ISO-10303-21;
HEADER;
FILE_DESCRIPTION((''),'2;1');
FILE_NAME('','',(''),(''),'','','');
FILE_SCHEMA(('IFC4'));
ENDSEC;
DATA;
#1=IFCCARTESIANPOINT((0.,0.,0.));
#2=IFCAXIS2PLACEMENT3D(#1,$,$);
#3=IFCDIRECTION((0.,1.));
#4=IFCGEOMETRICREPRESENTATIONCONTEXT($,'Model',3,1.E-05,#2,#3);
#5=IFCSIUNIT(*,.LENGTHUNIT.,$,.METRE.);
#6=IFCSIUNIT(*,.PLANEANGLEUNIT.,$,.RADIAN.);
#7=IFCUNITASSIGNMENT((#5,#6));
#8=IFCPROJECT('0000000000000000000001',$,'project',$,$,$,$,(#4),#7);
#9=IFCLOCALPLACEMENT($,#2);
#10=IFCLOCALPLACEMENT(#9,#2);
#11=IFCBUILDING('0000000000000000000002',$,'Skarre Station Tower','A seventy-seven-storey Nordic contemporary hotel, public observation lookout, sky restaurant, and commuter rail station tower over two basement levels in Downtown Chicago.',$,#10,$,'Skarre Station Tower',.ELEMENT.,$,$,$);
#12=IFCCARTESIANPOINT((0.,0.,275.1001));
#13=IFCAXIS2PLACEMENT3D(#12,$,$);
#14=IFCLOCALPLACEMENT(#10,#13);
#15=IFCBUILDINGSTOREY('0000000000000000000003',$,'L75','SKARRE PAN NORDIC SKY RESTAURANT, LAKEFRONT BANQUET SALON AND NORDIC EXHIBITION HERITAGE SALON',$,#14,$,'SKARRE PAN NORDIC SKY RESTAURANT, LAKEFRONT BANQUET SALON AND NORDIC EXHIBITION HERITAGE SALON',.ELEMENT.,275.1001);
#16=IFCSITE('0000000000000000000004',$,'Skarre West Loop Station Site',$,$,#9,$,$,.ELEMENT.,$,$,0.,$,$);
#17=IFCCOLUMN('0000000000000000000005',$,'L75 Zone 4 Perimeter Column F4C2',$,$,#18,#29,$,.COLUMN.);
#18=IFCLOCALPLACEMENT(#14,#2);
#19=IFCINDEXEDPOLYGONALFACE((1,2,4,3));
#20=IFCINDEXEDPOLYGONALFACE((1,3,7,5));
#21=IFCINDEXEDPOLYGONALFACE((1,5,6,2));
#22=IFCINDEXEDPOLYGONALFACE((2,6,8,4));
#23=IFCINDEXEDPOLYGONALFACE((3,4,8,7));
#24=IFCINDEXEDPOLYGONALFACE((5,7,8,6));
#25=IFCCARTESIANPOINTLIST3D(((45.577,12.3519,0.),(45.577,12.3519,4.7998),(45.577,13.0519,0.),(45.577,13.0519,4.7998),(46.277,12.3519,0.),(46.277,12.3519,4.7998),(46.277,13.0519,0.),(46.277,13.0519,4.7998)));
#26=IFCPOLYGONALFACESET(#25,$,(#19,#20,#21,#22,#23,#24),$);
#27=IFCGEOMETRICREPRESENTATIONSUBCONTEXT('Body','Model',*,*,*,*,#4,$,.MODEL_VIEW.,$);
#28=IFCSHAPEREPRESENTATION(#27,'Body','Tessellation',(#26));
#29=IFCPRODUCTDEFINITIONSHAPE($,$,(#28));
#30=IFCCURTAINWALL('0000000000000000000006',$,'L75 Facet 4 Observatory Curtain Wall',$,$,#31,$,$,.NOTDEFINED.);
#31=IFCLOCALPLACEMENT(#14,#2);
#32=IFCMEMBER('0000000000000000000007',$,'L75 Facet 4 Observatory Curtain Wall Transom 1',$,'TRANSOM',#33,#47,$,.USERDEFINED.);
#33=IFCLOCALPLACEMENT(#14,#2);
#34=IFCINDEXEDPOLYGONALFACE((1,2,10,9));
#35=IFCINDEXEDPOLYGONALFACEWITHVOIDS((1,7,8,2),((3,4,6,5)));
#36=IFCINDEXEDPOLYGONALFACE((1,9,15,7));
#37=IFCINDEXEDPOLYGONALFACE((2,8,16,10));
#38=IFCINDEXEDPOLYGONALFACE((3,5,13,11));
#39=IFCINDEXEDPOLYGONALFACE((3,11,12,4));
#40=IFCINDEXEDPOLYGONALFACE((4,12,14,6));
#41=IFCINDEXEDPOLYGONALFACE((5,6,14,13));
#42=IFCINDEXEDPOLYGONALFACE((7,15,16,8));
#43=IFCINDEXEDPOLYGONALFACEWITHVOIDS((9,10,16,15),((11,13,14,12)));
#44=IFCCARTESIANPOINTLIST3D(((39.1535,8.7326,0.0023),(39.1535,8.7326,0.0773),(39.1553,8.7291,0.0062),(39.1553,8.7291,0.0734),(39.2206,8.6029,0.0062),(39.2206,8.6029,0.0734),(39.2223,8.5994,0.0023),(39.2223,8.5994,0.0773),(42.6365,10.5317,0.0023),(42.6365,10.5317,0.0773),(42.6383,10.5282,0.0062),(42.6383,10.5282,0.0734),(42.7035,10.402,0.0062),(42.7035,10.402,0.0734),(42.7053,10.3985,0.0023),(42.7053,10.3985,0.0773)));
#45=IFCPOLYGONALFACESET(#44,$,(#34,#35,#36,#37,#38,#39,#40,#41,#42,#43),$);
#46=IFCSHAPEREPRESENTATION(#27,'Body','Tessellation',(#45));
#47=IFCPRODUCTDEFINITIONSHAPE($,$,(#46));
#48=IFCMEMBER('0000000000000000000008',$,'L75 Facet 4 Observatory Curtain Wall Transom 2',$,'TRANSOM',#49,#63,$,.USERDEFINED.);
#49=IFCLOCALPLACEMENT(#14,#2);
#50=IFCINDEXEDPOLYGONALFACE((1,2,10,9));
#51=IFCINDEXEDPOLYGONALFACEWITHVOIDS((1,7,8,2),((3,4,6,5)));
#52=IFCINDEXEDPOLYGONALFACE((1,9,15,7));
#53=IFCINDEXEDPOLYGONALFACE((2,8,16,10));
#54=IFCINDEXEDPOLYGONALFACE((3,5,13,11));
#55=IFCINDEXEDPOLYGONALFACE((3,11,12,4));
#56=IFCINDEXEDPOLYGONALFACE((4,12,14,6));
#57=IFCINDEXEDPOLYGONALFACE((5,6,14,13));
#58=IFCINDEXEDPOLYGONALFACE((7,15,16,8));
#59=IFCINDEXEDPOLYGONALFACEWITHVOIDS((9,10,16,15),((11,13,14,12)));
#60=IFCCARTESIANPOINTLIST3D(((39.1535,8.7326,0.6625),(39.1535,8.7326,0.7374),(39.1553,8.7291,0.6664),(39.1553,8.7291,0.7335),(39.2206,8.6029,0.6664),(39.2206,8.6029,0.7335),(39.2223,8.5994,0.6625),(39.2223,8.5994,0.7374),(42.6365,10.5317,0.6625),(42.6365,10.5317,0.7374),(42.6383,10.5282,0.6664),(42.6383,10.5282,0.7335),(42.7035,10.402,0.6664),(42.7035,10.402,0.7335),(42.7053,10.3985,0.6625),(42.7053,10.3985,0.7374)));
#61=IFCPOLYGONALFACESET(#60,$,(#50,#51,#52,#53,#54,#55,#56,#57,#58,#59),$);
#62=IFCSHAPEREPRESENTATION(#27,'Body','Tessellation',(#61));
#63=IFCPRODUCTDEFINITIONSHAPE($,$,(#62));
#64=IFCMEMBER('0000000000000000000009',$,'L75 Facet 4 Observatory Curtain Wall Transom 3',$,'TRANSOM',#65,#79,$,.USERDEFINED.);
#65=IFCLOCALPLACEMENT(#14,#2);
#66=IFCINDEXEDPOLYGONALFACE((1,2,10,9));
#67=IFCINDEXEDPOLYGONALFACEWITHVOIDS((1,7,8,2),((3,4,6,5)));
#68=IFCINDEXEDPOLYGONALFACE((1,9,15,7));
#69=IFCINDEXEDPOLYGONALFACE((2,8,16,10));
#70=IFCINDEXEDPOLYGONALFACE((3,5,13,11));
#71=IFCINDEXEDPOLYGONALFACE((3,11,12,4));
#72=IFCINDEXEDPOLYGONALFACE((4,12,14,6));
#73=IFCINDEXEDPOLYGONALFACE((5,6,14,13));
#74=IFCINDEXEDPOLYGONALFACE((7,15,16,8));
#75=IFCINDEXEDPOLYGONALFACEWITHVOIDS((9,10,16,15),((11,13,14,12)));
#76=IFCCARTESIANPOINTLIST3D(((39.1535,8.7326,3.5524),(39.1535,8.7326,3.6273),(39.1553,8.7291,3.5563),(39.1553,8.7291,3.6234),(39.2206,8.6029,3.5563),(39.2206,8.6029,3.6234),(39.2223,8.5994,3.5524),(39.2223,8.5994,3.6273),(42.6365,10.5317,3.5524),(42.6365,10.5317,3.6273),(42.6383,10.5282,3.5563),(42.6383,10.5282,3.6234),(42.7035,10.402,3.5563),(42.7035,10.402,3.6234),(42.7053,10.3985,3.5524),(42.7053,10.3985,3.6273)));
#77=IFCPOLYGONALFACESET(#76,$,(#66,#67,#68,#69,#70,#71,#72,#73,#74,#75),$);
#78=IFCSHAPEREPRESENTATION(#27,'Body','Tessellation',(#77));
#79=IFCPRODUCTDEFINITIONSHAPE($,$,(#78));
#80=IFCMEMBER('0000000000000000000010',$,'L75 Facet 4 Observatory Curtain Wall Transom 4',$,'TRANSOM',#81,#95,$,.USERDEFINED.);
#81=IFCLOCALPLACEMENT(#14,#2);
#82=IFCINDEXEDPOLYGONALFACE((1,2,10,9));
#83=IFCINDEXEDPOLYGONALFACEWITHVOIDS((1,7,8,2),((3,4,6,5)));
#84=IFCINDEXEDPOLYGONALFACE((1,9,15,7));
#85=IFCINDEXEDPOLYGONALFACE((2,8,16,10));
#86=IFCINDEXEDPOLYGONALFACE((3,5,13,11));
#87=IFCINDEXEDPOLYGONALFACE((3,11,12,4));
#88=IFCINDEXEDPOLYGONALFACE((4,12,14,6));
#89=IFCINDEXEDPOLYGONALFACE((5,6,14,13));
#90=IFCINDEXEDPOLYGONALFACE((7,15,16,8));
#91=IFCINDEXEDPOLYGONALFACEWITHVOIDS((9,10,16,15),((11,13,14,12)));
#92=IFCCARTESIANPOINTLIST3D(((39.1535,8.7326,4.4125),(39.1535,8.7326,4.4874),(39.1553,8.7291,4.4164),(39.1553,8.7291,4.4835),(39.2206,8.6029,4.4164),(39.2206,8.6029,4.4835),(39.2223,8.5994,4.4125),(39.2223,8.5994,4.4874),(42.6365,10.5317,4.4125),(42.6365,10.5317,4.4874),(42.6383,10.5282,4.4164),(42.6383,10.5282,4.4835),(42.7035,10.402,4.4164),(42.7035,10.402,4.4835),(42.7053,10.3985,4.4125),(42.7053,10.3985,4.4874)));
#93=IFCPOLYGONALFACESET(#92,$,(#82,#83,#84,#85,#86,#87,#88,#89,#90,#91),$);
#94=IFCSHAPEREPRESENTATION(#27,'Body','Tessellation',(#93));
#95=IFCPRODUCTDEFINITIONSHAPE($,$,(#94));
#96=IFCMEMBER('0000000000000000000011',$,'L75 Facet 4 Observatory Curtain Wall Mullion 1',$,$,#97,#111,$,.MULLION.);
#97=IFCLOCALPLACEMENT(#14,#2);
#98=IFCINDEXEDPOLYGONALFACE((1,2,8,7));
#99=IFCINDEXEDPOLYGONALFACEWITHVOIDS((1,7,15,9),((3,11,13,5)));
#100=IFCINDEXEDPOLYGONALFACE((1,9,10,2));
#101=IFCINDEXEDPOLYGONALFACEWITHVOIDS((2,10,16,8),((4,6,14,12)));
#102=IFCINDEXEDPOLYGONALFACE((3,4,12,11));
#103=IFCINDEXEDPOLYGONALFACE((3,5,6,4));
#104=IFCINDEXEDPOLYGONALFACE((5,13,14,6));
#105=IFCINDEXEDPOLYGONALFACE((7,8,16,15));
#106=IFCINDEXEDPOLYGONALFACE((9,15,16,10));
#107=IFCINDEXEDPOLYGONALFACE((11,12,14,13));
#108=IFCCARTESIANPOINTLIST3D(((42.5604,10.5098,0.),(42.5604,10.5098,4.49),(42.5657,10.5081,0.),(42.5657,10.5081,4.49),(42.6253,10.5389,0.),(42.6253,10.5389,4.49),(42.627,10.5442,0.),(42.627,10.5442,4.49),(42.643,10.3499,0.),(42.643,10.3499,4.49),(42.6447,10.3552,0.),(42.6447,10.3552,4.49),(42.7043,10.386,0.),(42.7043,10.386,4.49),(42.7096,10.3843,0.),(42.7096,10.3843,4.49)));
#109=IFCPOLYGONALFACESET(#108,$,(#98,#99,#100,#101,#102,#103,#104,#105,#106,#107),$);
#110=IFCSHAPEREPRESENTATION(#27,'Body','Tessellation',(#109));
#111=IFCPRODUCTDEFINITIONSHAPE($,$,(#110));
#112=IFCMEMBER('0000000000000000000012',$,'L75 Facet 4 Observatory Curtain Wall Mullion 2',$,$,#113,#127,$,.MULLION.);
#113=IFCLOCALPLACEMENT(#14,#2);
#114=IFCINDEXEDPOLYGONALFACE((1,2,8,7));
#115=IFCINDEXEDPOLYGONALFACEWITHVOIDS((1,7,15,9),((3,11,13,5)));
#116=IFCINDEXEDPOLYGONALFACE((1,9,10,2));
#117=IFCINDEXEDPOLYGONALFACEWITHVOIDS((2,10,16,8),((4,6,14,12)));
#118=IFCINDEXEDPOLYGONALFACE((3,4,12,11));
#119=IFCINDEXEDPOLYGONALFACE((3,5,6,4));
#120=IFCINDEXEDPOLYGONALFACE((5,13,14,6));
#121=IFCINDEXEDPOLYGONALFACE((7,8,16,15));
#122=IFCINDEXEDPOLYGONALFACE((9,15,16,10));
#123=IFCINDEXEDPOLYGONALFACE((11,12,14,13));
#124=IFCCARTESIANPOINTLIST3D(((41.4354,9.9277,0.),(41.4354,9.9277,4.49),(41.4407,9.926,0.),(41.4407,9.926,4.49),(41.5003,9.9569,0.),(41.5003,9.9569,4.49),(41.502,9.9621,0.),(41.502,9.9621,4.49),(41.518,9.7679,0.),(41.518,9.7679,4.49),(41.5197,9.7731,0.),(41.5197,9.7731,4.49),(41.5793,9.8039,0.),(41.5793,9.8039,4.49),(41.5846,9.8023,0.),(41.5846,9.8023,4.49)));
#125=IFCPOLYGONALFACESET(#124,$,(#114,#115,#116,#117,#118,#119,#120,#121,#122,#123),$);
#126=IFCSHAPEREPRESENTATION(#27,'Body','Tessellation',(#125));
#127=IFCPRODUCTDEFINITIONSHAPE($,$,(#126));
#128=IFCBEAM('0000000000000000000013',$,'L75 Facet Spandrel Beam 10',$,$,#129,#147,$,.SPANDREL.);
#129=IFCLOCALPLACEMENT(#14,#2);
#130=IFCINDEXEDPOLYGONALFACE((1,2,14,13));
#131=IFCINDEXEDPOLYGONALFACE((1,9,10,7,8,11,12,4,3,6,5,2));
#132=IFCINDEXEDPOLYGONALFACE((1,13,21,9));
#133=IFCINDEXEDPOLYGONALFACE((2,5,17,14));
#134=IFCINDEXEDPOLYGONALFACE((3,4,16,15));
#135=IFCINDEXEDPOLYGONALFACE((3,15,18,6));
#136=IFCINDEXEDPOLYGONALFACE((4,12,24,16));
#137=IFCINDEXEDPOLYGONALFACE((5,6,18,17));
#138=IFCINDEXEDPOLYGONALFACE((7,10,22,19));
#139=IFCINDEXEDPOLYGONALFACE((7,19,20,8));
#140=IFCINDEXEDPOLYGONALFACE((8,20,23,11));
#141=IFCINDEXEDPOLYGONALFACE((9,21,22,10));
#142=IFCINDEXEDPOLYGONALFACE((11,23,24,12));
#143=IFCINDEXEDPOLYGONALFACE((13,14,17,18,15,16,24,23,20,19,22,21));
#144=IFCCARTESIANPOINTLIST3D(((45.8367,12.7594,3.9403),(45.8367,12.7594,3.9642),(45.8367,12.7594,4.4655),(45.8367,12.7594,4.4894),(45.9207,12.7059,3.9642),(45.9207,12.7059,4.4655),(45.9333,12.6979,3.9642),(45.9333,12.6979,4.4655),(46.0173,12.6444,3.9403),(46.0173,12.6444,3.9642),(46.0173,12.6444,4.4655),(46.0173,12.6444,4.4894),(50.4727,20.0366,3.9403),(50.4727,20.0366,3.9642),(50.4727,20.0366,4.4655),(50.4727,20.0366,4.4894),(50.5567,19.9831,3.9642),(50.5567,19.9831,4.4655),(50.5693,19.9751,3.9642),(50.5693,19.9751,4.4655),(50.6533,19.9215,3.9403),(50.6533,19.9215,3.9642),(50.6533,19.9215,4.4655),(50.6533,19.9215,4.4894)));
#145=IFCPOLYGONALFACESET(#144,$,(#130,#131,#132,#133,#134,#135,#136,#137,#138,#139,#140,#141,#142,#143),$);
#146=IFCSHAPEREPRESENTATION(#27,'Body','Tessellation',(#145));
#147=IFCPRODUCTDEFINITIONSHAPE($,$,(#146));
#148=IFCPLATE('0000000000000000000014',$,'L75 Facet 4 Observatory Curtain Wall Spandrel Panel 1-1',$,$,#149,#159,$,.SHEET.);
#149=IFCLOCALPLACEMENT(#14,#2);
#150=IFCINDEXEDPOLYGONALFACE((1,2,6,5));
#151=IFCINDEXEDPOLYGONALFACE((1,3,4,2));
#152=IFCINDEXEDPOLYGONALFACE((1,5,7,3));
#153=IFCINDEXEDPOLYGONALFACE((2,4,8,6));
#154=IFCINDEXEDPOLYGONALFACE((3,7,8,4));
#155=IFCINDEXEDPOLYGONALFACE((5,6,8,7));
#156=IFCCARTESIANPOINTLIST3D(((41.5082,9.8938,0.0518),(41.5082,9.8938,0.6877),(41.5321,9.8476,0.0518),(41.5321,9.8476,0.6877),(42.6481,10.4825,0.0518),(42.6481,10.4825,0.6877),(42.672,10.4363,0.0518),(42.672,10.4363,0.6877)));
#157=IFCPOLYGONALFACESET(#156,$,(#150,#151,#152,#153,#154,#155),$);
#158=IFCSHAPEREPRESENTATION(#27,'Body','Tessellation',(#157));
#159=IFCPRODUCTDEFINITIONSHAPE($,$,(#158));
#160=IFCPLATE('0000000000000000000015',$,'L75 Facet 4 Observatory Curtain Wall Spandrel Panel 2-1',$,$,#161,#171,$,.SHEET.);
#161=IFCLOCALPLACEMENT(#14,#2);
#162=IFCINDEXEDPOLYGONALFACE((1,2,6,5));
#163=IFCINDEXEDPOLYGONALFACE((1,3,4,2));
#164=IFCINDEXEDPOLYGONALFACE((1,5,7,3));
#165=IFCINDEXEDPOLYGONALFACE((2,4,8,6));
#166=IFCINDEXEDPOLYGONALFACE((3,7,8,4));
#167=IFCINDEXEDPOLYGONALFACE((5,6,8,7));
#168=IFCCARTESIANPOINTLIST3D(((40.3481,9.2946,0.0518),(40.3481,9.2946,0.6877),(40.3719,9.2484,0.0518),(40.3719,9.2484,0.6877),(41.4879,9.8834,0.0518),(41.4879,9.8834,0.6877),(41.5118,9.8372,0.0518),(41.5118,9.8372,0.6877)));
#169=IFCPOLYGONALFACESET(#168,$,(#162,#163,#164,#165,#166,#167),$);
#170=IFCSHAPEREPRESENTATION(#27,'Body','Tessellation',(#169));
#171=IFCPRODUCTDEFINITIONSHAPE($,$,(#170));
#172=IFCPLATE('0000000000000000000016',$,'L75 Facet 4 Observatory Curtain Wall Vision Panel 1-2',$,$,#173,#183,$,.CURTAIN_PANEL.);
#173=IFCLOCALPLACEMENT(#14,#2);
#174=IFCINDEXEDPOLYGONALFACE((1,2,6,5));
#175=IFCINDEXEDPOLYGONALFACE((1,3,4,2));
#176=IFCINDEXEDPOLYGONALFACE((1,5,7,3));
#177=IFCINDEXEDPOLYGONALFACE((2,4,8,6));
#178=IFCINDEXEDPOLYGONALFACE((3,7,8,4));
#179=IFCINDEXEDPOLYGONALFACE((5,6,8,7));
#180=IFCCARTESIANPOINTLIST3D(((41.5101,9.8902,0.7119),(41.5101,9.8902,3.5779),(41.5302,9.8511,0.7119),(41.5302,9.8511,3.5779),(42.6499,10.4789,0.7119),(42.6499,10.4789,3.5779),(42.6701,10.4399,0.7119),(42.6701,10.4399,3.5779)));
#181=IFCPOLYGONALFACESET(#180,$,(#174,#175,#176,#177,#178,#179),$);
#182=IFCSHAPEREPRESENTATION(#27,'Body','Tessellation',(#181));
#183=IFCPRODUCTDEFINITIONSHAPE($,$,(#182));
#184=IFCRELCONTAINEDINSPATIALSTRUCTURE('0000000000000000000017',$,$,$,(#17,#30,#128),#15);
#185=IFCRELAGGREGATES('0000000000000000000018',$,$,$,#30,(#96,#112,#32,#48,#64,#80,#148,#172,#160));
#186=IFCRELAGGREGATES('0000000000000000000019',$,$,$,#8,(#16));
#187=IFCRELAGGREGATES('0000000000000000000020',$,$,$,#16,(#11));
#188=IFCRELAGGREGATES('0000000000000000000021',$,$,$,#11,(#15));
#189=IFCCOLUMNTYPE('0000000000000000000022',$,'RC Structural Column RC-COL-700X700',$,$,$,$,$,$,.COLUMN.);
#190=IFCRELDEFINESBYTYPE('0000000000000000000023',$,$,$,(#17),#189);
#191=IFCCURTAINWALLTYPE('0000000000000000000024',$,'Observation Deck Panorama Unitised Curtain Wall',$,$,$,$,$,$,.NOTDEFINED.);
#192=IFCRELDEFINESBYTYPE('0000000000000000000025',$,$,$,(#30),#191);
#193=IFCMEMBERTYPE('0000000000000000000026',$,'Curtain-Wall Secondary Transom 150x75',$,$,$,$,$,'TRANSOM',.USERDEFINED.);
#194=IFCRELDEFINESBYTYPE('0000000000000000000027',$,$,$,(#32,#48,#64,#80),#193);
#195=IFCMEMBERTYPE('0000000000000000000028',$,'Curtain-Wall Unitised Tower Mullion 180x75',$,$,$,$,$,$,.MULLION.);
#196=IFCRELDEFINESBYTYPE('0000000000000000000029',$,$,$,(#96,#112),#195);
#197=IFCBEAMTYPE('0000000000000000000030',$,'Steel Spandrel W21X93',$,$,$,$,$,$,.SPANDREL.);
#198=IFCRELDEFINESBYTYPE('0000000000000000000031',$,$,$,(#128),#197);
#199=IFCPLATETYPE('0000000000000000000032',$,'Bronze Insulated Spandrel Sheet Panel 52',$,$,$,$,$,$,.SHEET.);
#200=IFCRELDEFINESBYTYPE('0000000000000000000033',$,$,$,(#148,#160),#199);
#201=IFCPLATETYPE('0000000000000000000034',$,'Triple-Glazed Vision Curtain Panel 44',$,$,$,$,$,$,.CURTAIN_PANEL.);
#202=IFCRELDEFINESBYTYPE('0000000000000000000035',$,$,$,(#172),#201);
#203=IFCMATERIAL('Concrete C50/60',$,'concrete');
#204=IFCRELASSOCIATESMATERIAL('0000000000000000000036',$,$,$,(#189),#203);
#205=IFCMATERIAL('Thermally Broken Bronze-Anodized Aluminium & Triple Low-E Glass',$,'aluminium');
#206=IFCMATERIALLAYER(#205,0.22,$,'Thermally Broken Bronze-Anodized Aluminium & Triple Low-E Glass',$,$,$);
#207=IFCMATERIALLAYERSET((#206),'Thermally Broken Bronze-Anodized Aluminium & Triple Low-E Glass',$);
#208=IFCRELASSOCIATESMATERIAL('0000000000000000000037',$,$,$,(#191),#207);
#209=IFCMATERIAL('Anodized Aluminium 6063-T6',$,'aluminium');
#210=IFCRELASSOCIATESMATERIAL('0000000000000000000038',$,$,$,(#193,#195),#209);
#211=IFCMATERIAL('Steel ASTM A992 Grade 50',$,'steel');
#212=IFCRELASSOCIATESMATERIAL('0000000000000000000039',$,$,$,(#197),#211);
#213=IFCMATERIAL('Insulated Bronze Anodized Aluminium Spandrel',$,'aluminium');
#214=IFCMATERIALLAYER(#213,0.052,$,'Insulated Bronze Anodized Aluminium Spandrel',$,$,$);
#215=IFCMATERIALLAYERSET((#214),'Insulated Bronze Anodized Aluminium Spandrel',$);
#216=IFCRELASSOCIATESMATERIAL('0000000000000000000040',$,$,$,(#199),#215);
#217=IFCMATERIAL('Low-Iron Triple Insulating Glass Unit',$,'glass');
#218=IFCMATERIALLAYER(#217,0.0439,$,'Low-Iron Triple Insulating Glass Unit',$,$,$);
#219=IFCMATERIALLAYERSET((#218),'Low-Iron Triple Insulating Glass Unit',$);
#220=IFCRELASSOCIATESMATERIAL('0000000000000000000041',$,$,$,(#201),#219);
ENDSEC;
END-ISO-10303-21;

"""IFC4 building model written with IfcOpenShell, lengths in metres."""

from ifc_helpers import new_model, si_unit, direction, frame, origin, origin_2d, place, context, subcontext, project, spatial, rectangle, hollow_rectangle, i_section, extrude, material, layer, layer_set, material_profile, profile_set, type_object, element, aggregate, save


model = new_model("IFC4")

# Units and contexts
model_context = context("Model", 3, precision=1e-05, world=origin(), true_north=direction((0.0, 1.0)))
body_context = subcontext(model_context, "Body", "Model", "MODEL_VIEW")
ifc_project = project(units=[si_unit("LENGTHUNIT", "METRE"), si_unit("PLANEANGLEUNIT", "RADIAN")], contexts=[model_context])

# Site, building, storey
site_placement = place(None, origin())
site = spatial("IfcSite", under=ifc_project, at=site_placement, Name="Skarre West Loop Station Site", CompositionType="ELEMENT", RefElevation=0.0)
building_placement = place(site_placement, origin())
building = spatial("IfcBuilding", under=site, at=building_placement, Name="Skarre Station Tower", Description="A seventy-seven-storey Nordic contemporary hotel, public observation lookout, sky restaurant, and commuter rail station tower over two basement levels in Downtown Chicago.", LongName="Skarre Station Tower", CompositionType="ELEMENT")
storey_placement = place(building_placement, frame((0.0, 0.0, 275.1001)))
storey = spatial("IfcBuildingStorey", under=building, at=storey_placement, Name="L75", Description="SKARRE PAN NORDIC SKY RESTAURANT, LAKEFRONT BANQUET SALON AND NORDIC EXHIBITION HERITAGE SALON", LongName="SKARRE PAN NORDIC SKY RESTAURANT, LAKEFRONT BANQUET SALON AND NORDIC EXHIBITION HERITAGE SALON", CompositionType="ELEMENT", Elevation=275.1001)

# Column
ifc_material_1 = material(Name="Concrete C50/60", Category="concrete")
ifc_material_profile_1 = material_profile(ifc_material_1, rectangle(XDim=0.7, YDim=0.7, at=origin_2d()), Name="Concrete C50/60")
ifc_profile_set_1 = profile_set([ifc_material_profile_1], Name="Concrete C50/60")
column_type = type_object("IfcColumnType", Name="RC Structural Column RC-COL-700X700", PredefinedType="COLUMN", material=ifc_profile_set_1)
column_placement = place(storey_placement, frame((45.927, 12.7019, 0.0), z_axis=(0.0, 0.0, 1.0), x_axis=(1.0, 0.0, 0.0)))
element("IfcColumn", 1, at=column_placement, inside=storey, type_object=column_type, Name="L75 Zone 4 Perimeter Column F4C2", PredefinedType="COLUMN", context=body_context, shape_type="SweptSolid", body=[
    extrude(rectangle(XDim=0.7, YDim=0.7, at=origin_2d()), origin(), (0.0, 0.0, 1.0), 4.7998),
])

# Curtain wall, members
ifc_material_2 = material(Name="Thermally Broken Bronze-Anodized Aluminium & Triple Low-E Glass", Category="aluminium")
ifc_layer_1 = layer(ifc_material_2, 0.22, Name="Thermally Broken Bronze-Anodized Aluminium & Triple Low-E Glass")
ifc_layer_set_1 = layer_set([ifc_layer_1], Name="Thermally Broken Bronze-Anodized Aluminium & Triple Low-E Glass")
curtain_wall_type = type_object("IfcCurtainWallType", Name="Observation Deck Panorama Unitised Curtain Wall", PredefinedType="NOTDEFINED", material=ifc_layer_set_1)
curtain_wall_placement = place(storey_placement, origin())
curtain_wall = element("IfcCurtainWall", 2, at=curtain_wall_placement, inside=storey, type_object=curtain_wall_type, Name="L75 Facet 4 Observatory Curtain Wall", PredefinedType="NOTDEFINED")
ifc_material_3 = material(Name="Anodized Aluminium 6063-T6", Category="aluminium")
ifc_material_profile_2 = material_profile(ifc_material_3, hollow_rectangle(XDim=0.075, YDim=0.1499, WallThickness=0.0039, at=origin_2d()), Name="Anodized Aluminium 6063-T6")
ifc_profile_set_2 = profile_set([ifc_material_profile_2], Name="Anodized Aluminium 6063-T6")
member_type_1 = type_object("IfcMemberType", Name="Curtain-Wall Secondary Transom 150x75", ElementType="TRANSOM", PredefinedType="USERDEFINED", material=ifc_profile_set_2)
member_1_placement = place(storey_placement, frame((42.6709, 10.4651, 0.0398), z_axis=(-0.888471, -0.458933, 0.0), x_axis=(0.0, 0.0, 1.0)))
member_1 = element("IfcMember", 3, at=member_1_placement, type_object=member_type_1, Name="L75 Facet 4 Observatory Curtain Wall Transom 1", ObjectType="TRANSOM", PredefinedType="USERDEFINED", context=body_context, shape_type="SweptSolid", body=[
    extrude(hollow_rectangle(XDim=0.075, YDim=0.1499, WallThickness=0.0039, at=origin_2d()), origin(), (0.0, 0.0, 1.0), 3.9202),
])
member_2_placement = place(storey_placement, frame((42.6709, 10.4651, 0.7), z_axis=(-0.888471, -0.458933, 0.0), x_axis=(0.0, 0.0, 1.0)))
member_2 = element("IfcMember", 4, at=member_2_placement, type_object=member_type_1, Name="L75 Facet 4 Observatory Curtain Wall Transom 2", ObjectType="TRANSOM", PredefinedType="USERDEFINED", context=body_context, shape_type="SweptSolid", body=[
    extrude(hollow_rectangle(XDim=0.075, YDim=0.1499, WallThickness=0.0039, at=origin_2d()), origin(), (0.0, 0.0, 1.0), 3.9202),
])
member_3_placement = place(storey_placement, frame((42.6709, 10.4651, 3.5898), z_axis=(-0.888471, -0.458933, 0.0), x_axis=(0.0, 0.0, 1.0)))
member_3 = element("IfcMember", 5, at=member_3_placement, type_object=member_type_1, Name="L75 Facet 4 Observatory Curtain Wall Transom 3", ObjectType="TRANSOM", PredefinedType="USERDEFINED", context=body_context, shape_type="SweptSolid", body=[
    extrude(hollow_rectangle(XDim=0.075, YDim=0.1499, WallThickness=0.0039, at=origin_2d()), origin(), (0.0, 0.0, 1.0), 3.9202),
])
member_4_placement = place(storey_placement, frame((42.6709, 10.4651, 4.45), z_axis=(-0.888471, -0.458933, 0.0), x_axis=(0.0, 0.0, 1.0)))
member_4 = element("IfcMember", 6, at=member_4_placement, type_object=member_type_1, Name="L75 Facet 4 Observatory Curtain Wall Transom 4", ObjectType="TRANSOM", PredefinedType="USERDEFINED", context=body_context, shape_type="SweptSolid", body=[
    extrude(hollow_rectangle(XDim=0.075, YDim=0.1499, WallThickness=0.0039, at=origin_2d()), origin(), (0.0, 0.0, 1.0), 3.9202),
])
ifc_material_profile_3 = material_profile(ifc_material_3, hollow_rectangle(XDim=0.075, YDim=0.1799, WallThickness=0.0039, at=origin_2d()), Name="Anodized Aluminium 6063-T6")
ifc_profile_set_3 = profile_set([ifc_material_profile_3], Name="Anodized Aluminium 6063-T6")
member_type_2 = type_object("IfcMemberType", Name="Curtain-Wall Unitised Tower Mullion 180x75", PredefinedType="MULLION", material=ifc_profile_set_3)
member_5_placement = place(storey_placement, frame((42.635, 10.447, 0.0), z_axis=(0.0, 0.0, 1.0), x_axis=(-0.888481, -0.458913, 0.0)))
member_5 = element("IfcMember", 7, at=member_5_placement, type_object=member_type_2, Name="L75 Facet 4 Observatory Curtain Wall Mullion 1", PredefinedType="MULLION", context=body_context, shape_type="SweptSolid", body=[
    extrude(hollow_rectangle(XDim=0.075, YDim=0.1799, WallThickness=0.0039, at=origin_2d()), origin(), (0.0, 0.0, 1.0), 4.49),
])
member_6_placement = place(storey_placement, frame((41.51, 9.865, 0.0), z_axis=(0.0, 0.0, 1.0), x_axis=(-0.888481, -0.458913, 0.0)))
member_6 = element("IfcMember", 8, at=member_6_placement, type_object=member_type_2, Name="L75 Facet 4 Observatory Curtain Wall Mullion 2", PredefinedType="MULLION", context=body_context, shape_type="SweptSolid", body=[
    extrude(hollow_rectangle(XDim=0.075, YDim=0.1799, WallThickness=0.0039, at=origin_2d()), origin(), (0.0, 0.0, 1.0), 4.49),
])

# Beam
ifc_material_4 = material(Name="Steel ASTM A992 Grade 50", Category="steel")
ifc_material_profile_4 = material_profile(ifc_material_4, i_section(OverallWidth=0.2141, OverallDepth=0.5491, WebThickness=0.0149, FlangeThickness=0.0239, at=origin_2d()), Name="Steel ASTM A992 Grade 50")
ifc_profile_set_4 = profile_set([ifc_material_profile_4], Name="Steel ASTM A992 Grade 50")
beam_type = type_object("IfcBeamType", Name="Steel Spandrel W21X93", PredefinedType="SPANDREL", material=ifc_profile_set_4)
beam_placement = place(storey_placement, frame((45.927, 12.7019, 4.2148), z_axis=(0.537297, 0.843393, 0.0), x_axis=(-0.843393, 0.537297, 0.0)))
element("IfcBeam", 9, at=beam_placement, inside=storey, type_object=beam_type, Name="L75 Facet Spandrel Beam 10", PredefinedType="SPANDREL", context=body_context, shape_type="SweptSolid", body=[
    extrude(i_section(OverallWidth=0.2141, OverallDepth=0.5491, WebThickness=0.0149, FlangeThickness=0.0239, at=origin_2d()), origin(), (0.0, 0.0, 1.0), 8.6284),
])

# Plates
ifc_material_5 = material(Name="Insulated Bronze Anodized Aluminium Spandrel", Category="aluminium")
ifc_layer_2 = layer(ifc_material_5, 0.052, Name="Insulated Bronze Anodized Aluminium Spandrel")
ifc_layer_set_2 = layer_set([ifc_layer_2], Name="Insulated Bronze Anodized Aluminium Spandrel")
plate_type_1 = type_object("IfcPlateType", Name="Bronze Insulated Spandrel Sheet Panel 52", PredefinedType="SHEET", material=ifc_layer_set_2)
plate_1_placement = place(storey_placement, frame((42.0901, 10.165, 0.0518), z_axis=(0.0, 0.0, 1.0), x_axis=(-0.888481, -0.458913, 0.0)))
plate_1 = element("IfcPlate", 10, at=plate_1_placement, type_object=plate_type_1, Name="L75 Facet 4 Observatory Curtain Wall Spandrel Panel 1-1", PredefinedType="SHEET", context=body_context, shape_type="SweptSolid", body=[
    extrude(rectangle(XDim=1.283, YDim=0.052, at=origin_2d()), origin(), (0.0, 0.0, 1.0), 0.636),
])
plate_2_placement = place(storey_placement, frame((40.9299, 9.5659, 0.0518), z_axis=(0.0, 0.0, 1.0), x_axis=(-0.888481, -0.458913, 0.0)))
plate_2 = element("IfcPlate", 11, at=plate_2_placement, type_object=plate_type_1, Name="L75 Facet 4 Observatory Curtain Wall Spandrel Panel 2-1", PredefinedType="SHEET", context=body_context, shape_type="SweptSolid", body=[
    extrude(rectangle(XDim=1.283, YDim=0.052, at=origin_2d()), origin(), (0.0, 0.0, 1.0), 0.636),
])
ifc_material_6 = material(Name="Low-Iron Triple Insulating Glass Unit", Category="glass")
ifc_layer_3 = layer(ifc_material_6, 0.0439, Name="Low-Iron Triple Insulating Glass Unit")
ifc_layer_set_3 = layer_set([ifc_layer_3], Name="Low-Iron Triple Insulating Glass Unit")
plate_type_2 = type_object("IfcPlateType", Name="Triple-Glazed Vision Curtain Panel 44", PredefinedType="CURTAIN_PANEL", material=ifc_layer_set_3)
plate_3_placement = place(storey_placement, frame((42.0901, 10.165, 0.7119), z_axis=(0.0, 0.0, 1.0), x_axis=(-0.888481, -0.458913, 0.0)))
plate_3 = element("IfcPlate", 12, at=plate_3_placement, type_object=plate_type_2, Name="L75 Facet 4 Observatory Curtain Wall Vision Panel 1-2", PredefinedType="CURTAIN_PANEL", context=body_context, shape_type="SweptSolid", body=[
    extrude(rectangle(XDim=1.283, YDim=0.0439, at=origin_2d()), origin(), (0.0, 0.0, 1.0), 2.866),
])
aggregate(curtain_wall, [member_5, member_6, member_1, member_2, member_3, member_4, plate_1, plate_3, plate_2])

save(model, "model.ifc")
